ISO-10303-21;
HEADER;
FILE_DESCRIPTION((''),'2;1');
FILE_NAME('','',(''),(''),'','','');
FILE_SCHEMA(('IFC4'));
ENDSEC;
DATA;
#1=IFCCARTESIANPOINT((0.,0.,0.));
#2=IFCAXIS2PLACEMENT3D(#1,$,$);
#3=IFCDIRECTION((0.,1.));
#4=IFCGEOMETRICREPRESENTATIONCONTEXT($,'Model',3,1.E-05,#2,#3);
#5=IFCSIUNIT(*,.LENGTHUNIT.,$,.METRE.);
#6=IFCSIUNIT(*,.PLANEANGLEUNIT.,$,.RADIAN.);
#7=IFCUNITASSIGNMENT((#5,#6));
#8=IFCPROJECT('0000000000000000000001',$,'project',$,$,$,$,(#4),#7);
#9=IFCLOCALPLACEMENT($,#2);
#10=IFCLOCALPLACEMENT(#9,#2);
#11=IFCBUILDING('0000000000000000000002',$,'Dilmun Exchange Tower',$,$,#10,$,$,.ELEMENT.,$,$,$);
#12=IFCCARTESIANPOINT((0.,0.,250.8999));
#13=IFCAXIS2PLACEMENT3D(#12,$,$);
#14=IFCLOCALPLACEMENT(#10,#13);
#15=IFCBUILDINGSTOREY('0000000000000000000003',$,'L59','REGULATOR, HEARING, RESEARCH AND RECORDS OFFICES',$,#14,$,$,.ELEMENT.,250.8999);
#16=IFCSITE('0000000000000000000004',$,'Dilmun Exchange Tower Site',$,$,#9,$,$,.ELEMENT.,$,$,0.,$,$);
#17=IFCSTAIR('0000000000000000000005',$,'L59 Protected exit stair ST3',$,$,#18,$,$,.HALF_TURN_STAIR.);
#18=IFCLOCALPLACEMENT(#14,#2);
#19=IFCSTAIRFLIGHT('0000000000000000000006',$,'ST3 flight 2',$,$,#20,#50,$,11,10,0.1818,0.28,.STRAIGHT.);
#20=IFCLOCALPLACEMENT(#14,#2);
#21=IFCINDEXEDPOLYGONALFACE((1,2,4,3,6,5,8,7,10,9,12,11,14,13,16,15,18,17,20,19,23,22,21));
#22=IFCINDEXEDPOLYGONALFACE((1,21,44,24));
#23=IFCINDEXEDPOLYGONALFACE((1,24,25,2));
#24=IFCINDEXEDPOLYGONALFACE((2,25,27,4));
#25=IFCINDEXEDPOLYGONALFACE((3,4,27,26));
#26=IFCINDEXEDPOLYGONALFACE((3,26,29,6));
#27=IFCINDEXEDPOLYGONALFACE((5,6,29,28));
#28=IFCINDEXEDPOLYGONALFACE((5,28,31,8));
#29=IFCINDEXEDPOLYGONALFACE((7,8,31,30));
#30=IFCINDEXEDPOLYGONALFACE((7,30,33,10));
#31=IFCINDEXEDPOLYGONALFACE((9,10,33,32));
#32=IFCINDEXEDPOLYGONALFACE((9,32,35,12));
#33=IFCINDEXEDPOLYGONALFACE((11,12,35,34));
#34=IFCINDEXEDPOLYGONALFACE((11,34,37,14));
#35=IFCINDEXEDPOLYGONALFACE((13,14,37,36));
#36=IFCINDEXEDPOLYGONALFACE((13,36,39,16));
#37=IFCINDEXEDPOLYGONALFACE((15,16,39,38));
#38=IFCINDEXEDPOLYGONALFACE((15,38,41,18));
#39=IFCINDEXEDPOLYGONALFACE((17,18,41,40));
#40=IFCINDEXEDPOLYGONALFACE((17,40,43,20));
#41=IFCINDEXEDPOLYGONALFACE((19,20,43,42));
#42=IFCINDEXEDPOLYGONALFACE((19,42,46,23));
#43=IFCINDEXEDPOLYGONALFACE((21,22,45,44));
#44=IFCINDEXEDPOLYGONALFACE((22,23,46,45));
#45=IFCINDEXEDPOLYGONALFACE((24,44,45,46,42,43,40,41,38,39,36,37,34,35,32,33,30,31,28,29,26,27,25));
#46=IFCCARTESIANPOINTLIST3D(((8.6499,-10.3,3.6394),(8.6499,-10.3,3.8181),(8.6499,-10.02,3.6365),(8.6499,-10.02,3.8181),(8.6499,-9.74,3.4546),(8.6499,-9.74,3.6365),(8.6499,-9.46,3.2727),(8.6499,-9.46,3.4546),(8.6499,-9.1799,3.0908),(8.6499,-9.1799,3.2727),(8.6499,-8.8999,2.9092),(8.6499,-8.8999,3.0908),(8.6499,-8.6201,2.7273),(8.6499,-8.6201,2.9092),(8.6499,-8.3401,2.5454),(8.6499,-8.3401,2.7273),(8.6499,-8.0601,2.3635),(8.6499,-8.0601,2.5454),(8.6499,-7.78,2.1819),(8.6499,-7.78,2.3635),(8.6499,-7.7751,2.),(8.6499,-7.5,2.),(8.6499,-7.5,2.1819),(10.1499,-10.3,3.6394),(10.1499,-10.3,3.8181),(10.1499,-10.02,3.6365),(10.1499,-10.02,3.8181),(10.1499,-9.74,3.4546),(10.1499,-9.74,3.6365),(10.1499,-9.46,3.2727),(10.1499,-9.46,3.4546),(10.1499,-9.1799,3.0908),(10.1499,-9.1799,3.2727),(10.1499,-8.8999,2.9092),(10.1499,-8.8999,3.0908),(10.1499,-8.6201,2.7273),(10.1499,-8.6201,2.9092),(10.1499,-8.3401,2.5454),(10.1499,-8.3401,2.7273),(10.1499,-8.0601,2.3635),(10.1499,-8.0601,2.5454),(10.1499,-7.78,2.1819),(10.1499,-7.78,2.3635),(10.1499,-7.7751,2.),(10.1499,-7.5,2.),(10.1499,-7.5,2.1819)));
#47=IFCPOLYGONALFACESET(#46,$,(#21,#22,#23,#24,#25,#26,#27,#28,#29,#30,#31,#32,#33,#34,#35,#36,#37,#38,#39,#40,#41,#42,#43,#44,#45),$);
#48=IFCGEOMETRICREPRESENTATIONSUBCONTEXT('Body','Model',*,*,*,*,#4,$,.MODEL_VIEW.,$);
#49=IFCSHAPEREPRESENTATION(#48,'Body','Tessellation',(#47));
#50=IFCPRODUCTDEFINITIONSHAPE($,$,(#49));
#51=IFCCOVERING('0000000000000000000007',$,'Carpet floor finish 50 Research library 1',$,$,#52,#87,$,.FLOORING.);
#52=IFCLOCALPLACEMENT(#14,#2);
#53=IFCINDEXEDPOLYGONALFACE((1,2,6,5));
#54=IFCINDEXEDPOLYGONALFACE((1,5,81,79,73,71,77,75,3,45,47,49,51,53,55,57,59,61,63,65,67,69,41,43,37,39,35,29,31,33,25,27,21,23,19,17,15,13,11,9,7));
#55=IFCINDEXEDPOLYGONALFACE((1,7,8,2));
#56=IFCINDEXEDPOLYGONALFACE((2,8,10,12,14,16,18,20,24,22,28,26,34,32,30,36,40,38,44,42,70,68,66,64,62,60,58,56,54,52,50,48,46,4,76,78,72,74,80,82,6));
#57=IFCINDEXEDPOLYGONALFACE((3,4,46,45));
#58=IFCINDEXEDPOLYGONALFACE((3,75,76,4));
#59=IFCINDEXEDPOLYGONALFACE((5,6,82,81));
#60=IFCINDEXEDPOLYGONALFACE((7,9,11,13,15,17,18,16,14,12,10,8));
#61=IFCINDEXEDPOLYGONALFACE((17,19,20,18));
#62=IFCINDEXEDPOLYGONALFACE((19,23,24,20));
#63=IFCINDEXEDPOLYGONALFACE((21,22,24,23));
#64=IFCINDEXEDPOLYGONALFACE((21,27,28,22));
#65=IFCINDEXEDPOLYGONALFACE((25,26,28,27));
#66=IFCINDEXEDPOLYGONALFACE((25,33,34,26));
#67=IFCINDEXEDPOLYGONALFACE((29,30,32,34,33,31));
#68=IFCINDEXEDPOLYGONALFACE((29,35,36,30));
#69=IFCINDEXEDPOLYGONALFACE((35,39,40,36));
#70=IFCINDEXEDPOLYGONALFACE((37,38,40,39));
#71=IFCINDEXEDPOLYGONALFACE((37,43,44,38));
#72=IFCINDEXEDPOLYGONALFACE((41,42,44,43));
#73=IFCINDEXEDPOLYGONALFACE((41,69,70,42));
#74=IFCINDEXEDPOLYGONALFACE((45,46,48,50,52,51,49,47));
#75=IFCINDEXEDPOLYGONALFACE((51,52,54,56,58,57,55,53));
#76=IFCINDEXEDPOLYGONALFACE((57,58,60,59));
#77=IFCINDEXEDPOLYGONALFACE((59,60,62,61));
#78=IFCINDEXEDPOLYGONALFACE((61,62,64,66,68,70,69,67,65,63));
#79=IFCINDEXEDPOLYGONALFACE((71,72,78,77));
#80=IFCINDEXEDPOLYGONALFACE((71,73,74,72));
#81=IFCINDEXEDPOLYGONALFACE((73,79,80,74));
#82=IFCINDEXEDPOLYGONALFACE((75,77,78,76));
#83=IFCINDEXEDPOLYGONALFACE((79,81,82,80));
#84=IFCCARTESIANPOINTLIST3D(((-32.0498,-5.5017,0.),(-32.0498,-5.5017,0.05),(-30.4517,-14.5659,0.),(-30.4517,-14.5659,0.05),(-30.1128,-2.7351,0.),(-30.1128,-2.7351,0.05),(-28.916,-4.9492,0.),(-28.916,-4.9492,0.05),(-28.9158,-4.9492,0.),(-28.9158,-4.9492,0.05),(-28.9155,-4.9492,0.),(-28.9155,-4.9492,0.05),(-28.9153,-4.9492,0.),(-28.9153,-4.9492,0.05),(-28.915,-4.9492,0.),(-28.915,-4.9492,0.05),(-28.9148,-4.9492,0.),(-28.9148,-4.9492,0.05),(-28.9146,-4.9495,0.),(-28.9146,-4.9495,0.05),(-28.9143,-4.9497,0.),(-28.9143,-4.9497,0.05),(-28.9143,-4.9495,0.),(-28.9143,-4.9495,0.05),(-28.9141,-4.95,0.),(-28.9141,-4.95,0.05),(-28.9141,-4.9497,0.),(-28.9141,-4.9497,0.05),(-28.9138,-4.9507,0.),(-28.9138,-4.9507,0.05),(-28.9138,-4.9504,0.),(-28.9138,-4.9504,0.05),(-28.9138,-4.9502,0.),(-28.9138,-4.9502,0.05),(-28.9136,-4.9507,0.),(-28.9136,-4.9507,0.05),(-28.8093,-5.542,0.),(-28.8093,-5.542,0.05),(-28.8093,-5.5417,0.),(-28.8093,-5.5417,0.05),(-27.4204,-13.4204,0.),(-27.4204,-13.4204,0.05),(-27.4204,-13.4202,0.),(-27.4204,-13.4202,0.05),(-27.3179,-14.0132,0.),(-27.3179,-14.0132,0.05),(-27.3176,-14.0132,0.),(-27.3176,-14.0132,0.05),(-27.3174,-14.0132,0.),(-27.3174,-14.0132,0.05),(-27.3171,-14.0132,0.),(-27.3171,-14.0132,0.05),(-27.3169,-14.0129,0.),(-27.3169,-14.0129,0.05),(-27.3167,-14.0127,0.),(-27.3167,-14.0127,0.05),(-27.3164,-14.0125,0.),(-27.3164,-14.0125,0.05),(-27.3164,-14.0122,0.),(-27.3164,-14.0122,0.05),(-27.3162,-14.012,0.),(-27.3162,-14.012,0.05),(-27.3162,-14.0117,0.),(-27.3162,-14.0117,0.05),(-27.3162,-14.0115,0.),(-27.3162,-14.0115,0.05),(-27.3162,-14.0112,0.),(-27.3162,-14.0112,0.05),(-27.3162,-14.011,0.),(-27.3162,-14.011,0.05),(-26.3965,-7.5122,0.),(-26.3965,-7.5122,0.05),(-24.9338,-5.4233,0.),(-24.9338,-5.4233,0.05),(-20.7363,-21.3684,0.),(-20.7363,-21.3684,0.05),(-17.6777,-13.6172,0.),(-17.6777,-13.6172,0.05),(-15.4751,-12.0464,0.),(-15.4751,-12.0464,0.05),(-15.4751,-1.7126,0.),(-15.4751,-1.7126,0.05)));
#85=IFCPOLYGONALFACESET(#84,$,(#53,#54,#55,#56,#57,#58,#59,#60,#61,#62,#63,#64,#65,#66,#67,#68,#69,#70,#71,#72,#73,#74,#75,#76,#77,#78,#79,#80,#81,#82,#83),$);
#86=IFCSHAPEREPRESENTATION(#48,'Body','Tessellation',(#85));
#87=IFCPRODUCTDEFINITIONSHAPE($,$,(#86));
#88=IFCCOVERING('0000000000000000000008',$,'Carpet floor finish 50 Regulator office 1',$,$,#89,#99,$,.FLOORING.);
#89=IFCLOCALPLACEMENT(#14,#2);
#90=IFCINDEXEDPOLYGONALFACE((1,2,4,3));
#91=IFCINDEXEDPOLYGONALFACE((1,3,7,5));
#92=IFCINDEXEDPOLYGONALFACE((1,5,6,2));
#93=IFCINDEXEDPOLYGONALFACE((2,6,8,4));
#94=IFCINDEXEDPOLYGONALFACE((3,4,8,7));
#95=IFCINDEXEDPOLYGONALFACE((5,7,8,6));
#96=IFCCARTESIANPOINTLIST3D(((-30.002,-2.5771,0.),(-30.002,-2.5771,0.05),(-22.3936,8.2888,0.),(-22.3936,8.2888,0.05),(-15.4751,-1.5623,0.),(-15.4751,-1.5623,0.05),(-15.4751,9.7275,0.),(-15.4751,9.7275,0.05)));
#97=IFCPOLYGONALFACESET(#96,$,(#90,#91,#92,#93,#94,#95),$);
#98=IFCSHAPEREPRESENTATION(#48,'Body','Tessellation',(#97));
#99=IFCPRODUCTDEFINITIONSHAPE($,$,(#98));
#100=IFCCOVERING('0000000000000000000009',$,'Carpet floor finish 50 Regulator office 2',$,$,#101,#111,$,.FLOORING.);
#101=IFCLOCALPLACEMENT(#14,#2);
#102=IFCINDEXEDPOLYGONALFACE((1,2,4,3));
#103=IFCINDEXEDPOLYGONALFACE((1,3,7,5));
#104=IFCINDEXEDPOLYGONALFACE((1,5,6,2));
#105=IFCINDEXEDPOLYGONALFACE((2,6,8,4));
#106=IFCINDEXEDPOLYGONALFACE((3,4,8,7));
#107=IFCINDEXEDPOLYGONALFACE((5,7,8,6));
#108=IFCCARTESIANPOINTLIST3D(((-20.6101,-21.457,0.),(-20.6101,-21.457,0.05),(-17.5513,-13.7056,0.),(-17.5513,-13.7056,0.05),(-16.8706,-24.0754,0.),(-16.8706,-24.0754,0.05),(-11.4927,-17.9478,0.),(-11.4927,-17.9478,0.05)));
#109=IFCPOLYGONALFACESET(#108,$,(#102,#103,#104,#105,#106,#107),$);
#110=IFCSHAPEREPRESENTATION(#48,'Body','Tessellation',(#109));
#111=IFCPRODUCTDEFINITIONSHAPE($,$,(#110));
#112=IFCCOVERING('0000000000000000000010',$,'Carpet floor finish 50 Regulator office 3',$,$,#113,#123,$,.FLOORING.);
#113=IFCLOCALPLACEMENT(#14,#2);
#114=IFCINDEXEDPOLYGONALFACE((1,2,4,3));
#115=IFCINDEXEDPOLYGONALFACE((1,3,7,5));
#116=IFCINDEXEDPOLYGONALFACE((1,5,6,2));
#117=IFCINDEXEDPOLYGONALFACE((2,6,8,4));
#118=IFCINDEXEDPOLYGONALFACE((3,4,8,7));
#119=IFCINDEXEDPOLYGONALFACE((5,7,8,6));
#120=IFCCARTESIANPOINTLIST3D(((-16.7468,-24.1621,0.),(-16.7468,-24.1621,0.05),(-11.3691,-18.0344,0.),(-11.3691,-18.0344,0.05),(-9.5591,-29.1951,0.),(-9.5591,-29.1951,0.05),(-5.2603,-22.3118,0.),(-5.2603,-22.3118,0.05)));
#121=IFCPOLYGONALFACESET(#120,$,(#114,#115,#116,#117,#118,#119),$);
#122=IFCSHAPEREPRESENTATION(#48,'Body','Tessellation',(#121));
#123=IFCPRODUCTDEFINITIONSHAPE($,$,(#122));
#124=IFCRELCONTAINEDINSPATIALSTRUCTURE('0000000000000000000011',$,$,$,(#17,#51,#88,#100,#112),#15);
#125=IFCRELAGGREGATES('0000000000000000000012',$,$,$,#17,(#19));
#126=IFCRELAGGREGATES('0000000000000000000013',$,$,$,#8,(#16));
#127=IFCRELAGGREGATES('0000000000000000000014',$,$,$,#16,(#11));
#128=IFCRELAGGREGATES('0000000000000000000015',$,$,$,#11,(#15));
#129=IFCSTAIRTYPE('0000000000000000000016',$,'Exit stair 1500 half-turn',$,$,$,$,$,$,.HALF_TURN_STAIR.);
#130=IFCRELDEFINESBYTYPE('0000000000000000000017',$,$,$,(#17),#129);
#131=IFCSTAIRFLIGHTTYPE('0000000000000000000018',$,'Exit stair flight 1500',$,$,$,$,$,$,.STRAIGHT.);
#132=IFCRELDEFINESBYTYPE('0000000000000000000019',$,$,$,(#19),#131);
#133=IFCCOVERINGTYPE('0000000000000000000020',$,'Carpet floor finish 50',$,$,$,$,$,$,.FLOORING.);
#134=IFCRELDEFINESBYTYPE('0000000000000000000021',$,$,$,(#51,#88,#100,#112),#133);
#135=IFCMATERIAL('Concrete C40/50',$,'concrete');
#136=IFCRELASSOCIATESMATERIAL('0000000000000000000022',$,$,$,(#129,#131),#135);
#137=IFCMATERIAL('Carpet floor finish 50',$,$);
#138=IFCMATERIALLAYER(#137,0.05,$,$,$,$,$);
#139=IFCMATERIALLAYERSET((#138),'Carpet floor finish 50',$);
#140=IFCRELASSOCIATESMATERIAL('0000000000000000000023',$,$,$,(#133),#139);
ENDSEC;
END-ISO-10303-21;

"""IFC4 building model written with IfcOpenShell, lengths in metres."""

from ifc_helpers import new_model, si_unit, direction, frame, origin, place, context, subcontext, project, spatial, polyline, outline, extrude, material, layer, layer_set, type_object, element, aggregate, save


model = new_model("IFC4")

# Units and contexts
model_context = context("Model", 3, precision=1e-05, world=origin(), true_north=direction((0.0, 1.0)))
body_context = subcontext(model_context, "Body", "Model", "MODEL_VIEW")
ifc_project = project(units=[si_unit("LENGTHUNIT", "METRE"), si_unit("PLANEANGLEUNIT", "RADIAN")], contexts=[model_context])

# Site, building, storey
site_placement = place(None, origin())
site = spatial("IfcSite", under=ifc_project, at=site_placement, Name="Dilmun Exchange Tower Site", CompositionType="ELEMENT", RefElevation=0.0)
building_placement = place(site_placement, origin())
building = spatial("IfcBuilding", under=site, at=building_placement, Name="Dilmun Exchange Tower", CompositionType="ELEMENT")
storey_placement = place(building_placement, frame((0.0, 0.0, 250.8999)))
storey = spatial("IfcBuildingStorey", under=building, at=storey_placement, Name="L59", Description="REGULATOR, HEARING, RESEARCH AND RECORDS OFFICES", CompositionType="ELEMENT", Elevation=250.8999)

# Shared definitions
ifc_material_1 = material(Name="Concrete C40/50", Category="concrete")

# Stair
stair_type = type_object("IfcStairType", Name="Exit stair 1500 half-turn", PredefinedType="HALF_TURN_STAIR", material=ifc_material_1)
stair_1_placement = place(storey_placement, origin())
stair_1 = element("IfcStair", 1, at=stair_1_placement, inside=storey, type_object=stair_type, Name="L59 Protected exit stair ST3", PredefinedType="HALF_TURN_STAIR")

# Stair flight
stair_flight_type = type_object("IfcStairFlightType", Name="Exit stair flight 1500", PredefinedType="STRAIGHT", material=ifc_material_1)
stair_flight_placement = place(storey_placement, frame((9.3999, -7.5, 2.0), z_axis=(0.0, 0.0, 1.0), x_axis=(0.0, -1.0, 0.0)))
stair_flight = element("IfcStairFlight", 2, at=stair_flight_placement, type_object=stair_flight_type, Name="ST3 flight 2", NumberOfRisers=11, NumberOfTreads=10, PredefinedType="STRAIGHT", RiserHeight=0.1818, TreadLength=0.28, context=body_context, shape_type="SweptSolid", body=[
    extrude(outline(polyline([(0.0, 0.0), (0.0, 0.1819), (0.28, 0.1819), (0.28, 0.3635), (0.5601, 0.3635), (0.5601, 0.5454), (0.8401, 0.5454), (0.8401, 0.7273), (1.1201, 0.7273), (1.1201, 0.9092), (1.3999, 0.9092), (1.3999, 1.0908), (1.6799, 1.0908), (1.6799, 1.2727), (1.96, 1.2727), (1.96, 1.4546), (2.24, 1.4546), (2.24, 1.6365), (2.52, 1.6365), (2.52, 1.8181), (2.8, 1.8181), (2.8, 2.0), (2.8, 1.6394), (0.2751, 0.0), (0.0, 0.0)])), frame((0.0, 0.75, 0.0), z_axis=(0.0, -1.0, 0.0), x_axis=(1.0, 0.0, 0.0)), (0.0, 0.0, 1.0), 1.5),
])
aggregate(stair_1, [stair_flight])

# Coverings
ifc_material_2 = material(Name="Carpet floor finish 50")
ifc_layer_1 = layer(ifc_material_2, 0.05)
ifc_layer_set_1 = layer_set([ifc_layer_1], Name="Carpet floor finish 50")
covering_type_1 = type_object("IfcCoveringType", Name="Carpet floor finish 50", PredefinedType="FLOORING", material=ifc_layer_set_1)
covering_1_placement = place(storey_placement, origin())
element("IfcCovering", 3, at=covering_1_placement, inside=storey, type_object=covering_type_1, Name="Carpet floor finish 50 Research library 1", PredefinedType="FLOORING", context=body_context, shape_type="SweptSolid", body=[
    extrude(outline(polyline([(-15.4751, -1.7126), (-15.4751, -12.0464), (-24.9338, -5.4233), (-26.3965, -7.5122), (-17.6777, -13.6172), (-20.7363, -21.3684), (-30.4517, -14.5659), (-27.3179, -14.0132), (-27.3176, -14.0132), (-27.3174, -14.0132), (-27.3171, -14.0132), (-27.3169, -14.0129), (-27.3169, -14.0129), (-27.3167, -14.0127), (-27.3167, -14.0127), (-27.3164, -14.0125), (-27.3164, -14.0122), (-27.3164, -14.0122), (-27.3162, -14.012), (-27.3162, -14.0117), (-27.3162, -14.0117), (-27.3162, -14.0115), (-27.3162, -14.0112), (-27.3162, -14.011), (-27.4204, -13.4204), (-27.4204, -13.4204), (-27.4204, -13.4202), (-28.8093, -5.542), (-28.8093, -5.542), (-28.8093, -5.542), (-28.8093, -5.5417), (-28.9136, -4.9507), (-28.9138, -4.9507), (-28.9138, -4.9504), (-28.9138, -4.9502), (-28.9138, -4.9502), (-28.9141, -4.95), (-28.9141, -4.9497), (-28.9143, -4.9497), (-28.9143, -4.9495), (-28.9146, -4.9495), (-28.9148, -4.9492), (-28.915, -4.9492), (-28.9153, -4.9492), (-28.9153, -4.9492), (-28.9155, -4.9492), (-28.9158, -4.9492), (-28.916, -4.9492), (-32.0498, -5.5017), (-30.1128, -2.7351), (-15.4751, -1.7126)])), origin(), (0.0, 0.0, 1.0), 0.05),
])
covering_2_placement = place(storey_placement, origin())
element("IfcCovering", 4, at=covering_2_placement, inside=storey, type_object=covering_type_1, Name="Carpet floor finish 50 Regulator office 1", PredefinedType="FLOORING", context=body_context, shape_type="SweptSolid", body=[
    extrude(outline(polyline([(-15.4751, 9.7275), (-15.4751, -1.5623), (-30.002, -2.5771), (-22.3936, 8.2888), (-15.4751, 9.7275)])), origin(), (0.0, 0.0, 1.0), 0.05),
])
covering_3_placement = place(storey_placement, origin())
element("IfcCovering", 5, at=covering_3_placement, inside=storey, type_object=covering_type_1, Name="Carpet floor finish 50 Regulator office 2", PredefinedType="FLOORING", context=body_context, shape_type="SweptSolid", body=[
    extrude(outline(polyline([(-17.5513, -13.7056), (-11.4927, -17.9478), (-16.8706, -24.0754), (-20.6101, -21.457), (-17.5513, -13.7056)])), origin(), (0.0, 0.0, 1.0), 0.05),
])
covering_4_placement = place(storey_placement, origin())
element("IfcCovering", 6, at=covering_4_placement, inside=storey, type_object=covering_type_1, Name="Carpet floor finish 50 Regulator office 3", PredefinedType="FLOORING", context=body_context, shape_type="SweptSolid", body=[
    extrude(outline(polyline([(-11.3691, -18.0344), (-5.2603, -22.3118), (-9.5591, -29.1951), (-16.7468, -24.1621), (-11.3691, -18.0344)])), origin(), (0.0, 0.0, 1.0), 0.05),
])

save(model, "model.ifc")
